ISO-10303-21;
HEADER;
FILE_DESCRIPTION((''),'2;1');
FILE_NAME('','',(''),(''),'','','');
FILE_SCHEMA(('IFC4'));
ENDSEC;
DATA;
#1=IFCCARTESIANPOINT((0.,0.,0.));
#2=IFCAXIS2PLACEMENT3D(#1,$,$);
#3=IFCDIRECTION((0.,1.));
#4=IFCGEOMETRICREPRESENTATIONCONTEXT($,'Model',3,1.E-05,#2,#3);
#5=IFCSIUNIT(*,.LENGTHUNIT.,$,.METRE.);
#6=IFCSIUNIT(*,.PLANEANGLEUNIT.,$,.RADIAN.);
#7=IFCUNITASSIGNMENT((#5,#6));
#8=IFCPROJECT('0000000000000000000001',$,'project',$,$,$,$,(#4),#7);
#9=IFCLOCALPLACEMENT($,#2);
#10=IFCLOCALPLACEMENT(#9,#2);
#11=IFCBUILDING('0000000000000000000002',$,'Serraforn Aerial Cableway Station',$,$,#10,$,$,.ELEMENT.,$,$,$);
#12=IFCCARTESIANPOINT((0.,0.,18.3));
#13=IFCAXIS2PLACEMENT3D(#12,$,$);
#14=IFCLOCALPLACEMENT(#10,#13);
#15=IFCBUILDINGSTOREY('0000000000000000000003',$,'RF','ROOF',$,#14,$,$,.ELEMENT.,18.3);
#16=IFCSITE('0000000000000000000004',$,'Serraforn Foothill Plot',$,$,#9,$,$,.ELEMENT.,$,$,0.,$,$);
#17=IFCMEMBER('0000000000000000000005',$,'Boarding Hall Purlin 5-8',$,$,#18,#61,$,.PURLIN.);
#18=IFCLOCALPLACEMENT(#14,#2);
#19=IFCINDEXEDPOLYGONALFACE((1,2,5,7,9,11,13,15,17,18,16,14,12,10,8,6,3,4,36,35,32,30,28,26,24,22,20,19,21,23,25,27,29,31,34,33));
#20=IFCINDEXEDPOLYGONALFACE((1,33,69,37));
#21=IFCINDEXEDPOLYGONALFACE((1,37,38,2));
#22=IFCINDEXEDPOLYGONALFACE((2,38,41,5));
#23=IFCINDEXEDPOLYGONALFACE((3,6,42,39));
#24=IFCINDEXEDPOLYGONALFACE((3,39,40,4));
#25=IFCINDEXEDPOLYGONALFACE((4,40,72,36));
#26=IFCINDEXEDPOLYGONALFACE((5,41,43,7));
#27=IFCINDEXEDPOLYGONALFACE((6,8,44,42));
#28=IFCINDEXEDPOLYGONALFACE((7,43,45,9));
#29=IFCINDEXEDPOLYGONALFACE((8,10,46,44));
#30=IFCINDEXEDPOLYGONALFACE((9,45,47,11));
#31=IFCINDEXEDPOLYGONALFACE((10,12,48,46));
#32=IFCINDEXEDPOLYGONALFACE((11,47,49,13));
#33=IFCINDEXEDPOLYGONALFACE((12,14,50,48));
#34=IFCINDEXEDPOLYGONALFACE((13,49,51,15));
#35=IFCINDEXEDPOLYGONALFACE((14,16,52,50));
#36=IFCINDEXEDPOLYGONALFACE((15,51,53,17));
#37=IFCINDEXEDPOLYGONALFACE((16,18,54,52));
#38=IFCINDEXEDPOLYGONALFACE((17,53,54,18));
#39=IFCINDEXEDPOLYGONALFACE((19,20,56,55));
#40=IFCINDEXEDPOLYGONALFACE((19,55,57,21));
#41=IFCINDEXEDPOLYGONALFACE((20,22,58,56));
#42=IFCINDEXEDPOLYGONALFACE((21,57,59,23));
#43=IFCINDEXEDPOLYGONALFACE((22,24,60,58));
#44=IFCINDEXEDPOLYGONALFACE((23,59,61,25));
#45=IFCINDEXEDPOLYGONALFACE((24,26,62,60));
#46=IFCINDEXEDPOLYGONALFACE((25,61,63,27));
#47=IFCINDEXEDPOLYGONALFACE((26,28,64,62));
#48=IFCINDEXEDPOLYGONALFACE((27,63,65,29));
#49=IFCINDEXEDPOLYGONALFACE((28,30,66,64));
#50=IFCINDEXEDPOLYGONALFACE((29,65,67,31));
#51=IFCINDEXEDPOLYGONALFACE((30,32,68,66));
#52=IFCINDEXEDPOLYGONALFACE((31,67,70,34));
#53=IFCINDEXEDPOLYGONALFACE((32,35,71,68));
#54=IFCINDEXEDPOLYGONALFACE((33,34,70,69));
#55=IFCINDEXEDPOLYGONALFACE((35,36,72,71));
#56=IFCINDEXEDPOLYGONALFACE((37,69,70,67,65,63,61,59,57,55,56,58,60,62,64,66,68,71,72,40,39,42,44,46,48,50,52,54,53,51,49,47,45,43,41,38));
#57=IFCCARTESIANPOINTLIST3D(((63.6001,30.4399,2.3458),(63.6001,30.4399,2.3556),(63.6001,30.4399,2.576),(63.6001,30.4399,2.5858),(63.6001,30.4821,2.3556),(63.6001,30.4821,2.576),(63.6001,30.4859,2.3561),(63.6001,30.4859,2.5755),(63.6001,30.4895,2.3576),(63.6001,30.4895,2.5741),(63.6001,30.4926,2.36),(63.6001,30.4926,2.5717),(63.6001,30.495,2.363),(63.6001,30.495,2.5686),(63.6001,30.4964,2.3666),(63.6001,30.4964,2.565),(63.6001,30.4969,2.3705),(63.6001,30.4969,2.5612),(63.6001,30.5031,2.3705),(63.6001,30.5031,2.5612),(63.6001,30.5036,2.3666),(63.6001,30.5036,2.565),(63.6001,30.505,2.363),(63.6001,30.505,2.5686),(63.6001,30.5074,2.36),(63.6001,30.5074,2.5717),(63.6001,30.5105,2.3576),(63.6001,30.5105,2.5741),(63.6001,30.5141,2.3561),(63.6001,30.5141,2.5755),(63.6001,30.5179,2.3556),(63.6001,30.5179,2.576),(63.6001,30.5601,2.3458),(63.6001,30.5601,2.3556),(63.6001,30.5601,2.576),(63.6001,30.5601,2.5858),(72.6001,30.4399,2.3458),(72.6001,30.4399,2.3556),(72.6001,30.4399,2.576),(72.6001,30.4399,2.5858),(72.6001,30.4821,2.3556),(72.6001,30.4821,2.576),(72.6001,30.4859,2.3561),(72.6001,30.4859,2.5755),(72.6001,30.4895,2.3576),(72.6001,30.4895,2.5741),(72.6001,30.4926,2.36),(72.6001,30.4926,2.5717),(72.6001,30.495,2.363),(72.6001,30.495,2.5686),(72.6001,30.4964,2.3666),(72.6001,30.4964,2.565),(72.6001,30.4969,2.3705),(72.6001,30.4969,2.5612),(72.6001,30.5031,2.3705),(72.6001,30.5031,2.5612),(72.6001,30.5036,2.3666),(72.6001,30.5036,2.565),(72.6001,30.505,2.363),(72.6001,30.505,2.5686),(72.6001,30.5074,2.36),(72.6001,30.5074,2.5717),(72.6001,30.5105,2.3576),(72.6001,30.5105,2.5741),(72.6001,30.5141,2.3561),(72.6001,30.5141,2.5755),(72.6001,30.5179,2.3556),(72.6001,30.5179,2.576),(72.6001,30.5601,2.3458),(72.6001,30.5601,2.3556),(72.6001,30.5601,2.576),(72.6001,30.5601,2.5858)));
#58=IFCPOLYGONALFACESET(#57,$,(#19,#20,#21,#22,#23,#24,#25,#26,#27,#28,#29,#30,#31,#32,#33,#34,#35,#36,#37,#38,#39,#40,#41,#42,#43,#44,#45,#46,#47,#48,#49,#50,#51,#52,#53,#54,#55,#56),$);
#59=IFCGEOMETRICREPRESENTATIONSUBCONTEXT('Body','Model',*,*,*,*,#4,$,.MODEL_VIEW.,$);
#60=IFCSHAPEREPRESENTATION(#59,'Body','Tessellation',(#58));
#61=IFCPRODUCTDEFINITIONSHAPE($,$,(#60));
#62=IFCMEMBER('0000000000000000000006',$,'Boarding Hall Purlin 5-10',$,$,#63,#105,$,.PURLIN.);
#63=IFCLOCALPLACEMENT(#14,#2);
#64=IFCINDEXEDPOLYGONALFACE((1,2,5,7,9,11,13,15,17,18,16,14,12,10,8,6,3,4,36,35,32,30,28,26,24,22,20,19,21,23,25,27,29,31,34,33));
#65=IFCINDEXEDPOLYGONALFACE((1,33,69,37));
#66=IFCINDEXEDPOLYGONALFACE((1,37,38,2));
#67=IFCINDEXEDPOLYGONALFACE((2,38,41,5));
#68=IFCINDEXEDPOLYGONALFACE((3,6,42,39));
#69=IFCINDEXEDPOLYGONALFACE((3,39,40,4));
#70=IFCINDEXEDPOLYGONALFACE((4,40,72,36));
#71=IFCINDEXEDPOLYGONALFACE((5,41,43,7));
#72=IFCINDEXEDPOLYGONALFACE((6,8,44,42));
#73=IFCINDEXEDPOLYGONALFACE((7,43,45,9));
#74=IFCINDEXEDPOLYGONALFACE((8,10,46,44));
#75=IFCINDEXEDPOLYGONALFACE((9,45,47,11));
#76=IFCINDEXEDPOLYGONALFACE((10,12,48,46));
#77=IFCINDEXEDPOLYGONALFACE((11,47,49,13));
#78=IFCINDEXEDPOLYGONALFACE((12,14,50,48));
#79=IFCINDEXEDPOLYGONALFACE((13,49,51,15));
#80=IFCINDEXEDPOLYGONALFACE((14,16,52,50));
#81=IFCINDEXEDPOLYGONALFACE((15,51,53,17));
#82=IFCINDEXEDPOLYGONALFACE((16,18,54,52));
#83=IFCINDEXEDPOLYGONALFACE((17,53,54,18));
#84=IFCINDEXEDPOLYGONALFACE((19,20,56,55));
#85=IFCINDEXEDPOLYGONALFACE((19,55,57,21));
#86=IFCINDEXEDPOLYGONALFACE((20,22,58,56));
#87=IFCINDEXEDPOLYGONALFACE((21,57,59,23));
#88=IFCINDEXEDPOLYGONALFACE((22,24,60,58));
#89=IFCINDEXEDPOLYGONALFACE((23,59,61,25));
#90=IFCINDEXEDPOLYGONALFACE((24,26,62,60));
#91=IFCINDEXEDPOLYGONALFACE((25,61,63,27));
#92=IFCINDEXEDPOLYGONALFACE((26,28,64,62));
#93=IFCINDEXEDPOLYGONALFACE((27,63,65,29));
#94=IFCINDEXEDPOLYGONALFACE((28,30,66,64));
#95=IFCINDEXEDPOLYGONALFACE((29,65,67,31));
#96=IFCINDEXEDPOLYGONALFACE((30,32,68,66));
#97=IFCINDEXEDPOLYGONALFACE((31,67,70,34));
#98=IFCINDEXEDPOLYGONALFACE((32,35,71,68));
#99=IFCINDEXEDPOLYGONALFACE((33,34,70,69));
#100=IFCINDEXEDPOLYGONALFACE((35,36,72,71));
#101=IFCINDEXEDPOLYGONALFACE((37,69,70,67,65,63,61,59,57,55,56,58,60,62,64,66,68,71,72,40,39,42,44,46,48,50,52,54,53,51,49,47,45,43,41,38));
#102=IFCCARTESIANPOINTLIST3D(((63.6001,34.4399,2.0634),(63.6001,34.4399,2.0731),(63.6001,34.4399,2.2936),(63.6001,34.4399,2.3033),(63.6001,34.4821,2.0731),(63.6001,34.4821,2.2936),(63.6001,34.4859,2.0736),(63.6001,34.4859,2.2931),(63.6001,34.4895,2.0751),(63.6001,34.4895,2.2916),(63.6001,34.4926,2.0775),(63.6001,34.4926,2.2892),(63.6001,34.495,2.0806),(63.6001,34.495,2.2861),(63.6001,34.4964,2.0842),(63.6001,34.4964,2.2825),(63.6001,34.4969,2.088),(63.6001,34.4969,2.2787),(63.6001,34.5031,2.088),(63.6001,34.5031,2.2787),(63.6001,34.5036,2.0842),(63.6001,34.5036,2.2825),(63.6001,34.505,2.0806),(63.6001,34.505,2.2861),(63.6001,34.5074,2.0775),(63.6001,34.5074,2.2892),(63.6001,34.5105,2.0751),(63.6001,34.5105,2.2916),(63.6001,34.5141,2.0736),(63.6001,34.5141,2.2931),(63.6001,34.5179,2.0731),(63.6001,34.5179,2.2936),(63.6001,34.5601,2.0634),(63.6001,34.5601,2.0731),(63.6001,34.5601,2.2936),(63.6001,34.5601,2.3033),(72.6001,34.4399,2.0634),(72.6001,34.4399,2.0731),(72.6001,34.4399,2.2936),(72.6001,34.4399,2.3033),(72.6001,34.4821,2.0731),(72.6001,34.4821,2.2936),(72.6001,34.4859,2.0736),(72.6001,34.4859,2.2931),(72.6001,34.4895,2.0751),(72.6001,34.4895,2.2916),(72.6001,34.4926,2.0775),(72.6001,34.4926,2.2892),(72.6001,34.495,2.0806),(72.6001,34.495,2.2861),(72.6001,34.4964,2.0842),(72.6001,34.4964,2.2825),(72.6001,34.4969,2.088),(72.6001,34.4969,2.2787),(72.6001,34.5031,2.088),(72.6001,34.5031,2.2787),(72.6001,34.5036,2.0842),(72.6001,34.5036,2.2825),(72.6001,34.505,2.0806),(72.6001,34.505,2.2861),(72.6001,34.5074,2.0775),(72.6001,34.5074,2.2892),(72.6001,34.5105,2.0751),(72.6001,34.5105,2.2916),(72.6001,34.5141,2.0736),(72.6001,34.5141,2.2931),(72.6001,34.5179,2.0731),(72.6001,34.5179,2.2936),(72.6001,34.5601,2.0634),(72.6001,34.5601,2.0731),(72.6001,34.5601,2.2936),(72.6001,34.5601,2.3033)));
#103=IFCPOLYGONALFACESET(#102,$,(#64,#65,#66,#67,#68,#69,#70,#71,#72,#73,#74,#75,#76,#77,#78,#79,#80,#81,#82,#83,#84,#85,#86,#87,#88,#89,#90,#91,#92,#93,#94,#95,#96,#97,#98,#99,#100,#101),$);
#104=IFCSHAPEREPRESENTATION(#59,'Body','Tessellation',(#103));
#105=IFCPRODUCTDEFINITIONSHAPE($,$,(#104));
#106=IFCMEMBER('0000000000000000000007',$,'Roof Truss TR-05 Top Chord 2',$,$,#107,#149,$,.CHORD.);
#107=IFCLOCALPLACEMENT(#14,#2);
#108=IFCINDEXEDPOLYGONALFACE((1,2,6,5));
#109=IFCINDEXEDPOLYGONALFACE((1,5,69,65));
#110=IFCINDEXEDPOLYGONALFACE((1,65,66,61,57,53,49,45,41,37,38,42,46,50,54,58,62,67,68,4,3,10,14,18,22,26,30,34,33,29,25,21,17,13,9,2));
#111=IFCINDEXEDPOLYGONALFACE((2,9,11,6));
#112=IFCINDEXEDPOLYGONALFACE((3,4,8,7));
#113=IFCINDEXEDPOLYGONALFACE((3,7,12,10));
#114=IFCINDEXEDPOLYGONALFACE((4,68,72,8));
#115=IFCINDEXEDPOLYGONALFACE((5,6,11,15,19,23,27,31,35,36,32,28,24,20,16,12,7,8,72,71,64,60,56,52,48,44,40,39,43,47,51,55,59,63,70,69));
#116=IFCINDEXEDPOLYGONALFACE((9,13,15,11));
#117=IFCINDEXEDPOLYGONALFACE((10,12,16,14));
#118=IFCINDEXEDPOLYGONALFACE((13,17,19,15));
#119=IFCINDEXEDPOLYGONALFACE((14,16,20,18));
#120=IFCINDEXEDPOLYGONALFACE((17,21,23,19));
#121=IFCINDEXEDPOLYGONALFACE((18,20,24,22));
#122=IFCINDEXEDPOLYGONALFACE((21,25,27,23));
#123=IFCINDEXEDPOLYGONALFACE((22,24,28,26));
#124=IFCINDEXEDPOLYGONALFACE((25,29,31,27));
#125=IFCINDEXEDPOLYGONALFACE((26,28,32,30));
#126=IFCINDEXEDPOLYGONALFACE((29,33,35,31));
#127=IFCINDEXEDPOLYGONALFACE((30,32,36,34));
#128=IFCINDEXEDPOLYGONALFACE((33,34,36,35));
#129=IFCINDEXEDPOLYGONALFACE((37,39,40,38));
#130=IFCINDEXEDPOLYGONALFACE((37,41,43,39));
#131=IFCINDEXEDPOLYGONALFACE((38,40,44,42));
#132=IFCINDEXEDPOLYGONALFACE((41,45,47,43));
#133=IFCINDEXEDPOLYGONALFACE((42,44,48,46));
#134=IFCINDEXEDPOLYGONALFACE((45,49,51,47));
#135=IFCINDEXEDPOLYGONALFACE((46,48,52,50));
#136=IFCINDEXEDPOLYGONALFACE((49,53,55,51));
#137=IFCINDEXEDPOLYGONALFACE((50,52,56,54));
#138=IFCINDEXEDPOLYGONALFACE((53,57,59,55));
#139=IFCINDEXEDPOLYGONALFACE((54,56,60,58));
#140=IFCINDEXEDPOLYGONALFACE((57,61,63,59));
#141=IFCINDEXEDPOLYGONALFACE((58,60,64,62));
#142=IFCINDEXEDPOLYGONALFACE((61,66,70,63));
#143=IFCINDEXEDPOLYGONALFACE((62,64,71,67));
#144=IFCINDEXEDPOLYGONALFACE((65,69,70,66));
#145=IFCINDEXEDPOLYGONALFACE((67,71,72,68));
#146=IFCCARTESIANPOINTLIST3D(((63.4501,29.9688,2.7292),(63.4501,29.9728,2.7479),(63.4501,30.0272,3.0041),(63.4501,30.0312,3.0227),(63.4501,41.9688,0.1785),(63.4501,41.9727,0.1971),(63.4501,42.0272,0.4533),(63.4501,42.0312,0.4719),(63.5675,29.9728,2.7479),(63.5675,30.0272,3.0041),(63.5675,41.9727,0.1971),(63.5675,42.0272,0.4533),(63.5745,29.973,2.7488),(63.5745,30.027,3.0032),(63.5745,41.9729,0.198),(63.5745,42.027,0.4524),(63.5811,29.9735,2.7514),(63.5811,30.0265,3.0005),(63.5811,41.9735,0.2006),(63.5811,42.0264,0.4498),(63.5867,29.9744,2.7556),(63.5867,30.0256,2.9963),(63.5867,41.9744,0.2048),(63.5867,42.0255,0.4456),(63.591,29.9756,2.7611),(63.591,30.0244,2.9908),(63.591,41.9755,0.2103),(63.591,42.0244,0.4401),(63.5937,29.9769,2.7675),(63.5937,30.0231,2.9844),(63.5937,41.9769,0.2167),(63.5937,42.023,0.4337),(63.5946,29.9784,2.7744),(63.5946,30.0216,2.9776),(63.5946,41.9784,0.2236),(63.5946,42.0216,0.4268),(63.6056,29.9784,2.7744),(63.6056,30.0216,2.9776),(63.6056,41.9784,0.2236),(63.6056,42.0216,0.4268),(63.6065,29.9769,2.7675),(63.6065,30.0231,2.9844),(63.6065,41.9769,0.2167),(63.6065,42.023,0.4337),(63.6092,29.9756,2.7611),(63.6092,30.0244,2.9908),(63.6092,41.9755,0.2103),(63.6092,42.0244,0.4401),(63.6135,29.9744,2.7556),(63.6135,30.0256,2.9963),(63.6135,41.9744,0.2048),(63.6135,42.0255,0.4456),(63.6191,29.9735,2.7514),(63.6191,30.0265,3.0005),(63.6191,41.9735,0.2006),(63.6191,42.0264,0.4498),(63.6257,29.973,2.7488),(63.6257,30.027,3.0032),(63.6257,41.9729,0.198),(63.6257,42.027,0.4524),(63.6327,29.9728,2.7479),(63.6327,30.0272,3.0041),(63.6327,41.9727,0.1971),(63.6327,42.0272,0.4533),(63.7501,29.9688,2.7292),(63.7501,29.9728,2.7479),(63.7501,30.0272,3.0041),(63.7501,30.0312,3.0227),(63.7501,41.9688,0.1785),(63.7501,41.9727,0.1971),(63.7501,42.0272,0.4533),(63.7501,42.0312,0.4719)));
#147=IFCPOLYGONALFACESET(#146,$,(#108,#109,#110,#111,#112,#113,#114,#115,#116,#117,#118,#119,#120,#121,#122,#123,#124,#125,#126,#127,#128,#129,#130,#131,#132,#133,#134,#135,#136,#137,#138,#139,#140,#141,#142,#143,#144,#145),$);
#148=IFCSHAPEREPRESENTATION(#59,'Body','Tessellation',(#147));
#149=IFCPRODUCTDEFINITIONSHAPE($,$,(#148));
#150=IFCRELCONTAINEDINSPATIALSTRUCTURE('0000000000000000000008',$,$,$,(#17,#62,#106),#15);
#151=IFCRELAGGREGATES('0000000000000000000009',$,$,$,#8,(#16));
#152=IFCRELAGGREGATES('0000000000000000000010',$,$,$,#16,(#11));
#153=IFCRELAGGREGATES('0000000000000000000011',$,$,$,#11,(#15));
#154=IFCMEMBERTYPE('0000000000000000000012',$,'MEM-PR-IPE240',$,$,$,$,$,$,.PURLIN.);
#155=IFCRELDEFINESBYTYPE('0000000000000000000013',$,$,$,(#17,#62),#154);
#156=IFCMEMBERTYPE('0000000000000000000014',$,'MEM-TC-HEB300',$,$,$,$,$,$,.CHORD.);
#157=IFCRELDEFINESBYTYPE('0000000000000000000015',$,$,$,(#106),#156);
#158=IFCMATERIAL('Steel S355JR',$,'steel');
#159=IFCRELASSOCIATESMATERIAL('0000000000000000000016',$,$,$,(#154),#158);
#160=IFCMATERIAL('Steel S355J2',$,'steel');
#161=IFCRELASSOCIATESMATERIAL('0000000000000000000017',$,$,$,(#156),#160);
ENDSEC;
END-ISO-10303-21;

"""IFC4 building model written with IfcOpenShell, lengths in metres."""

from ifc_helpers import new_model, si_unit, direction, frame, origin, origin_2d, place, context, subcontext, project, spatial, i_section, extrude, material, material_profile, profile_set, type_object, element, save


model = new_model("IFC4")

# Units and contexts
model_context = context("Model", 3, precision=1e-05, world=origin(), true_north=direction((0.0, 1.0)))
body_context = subcontext(model_context, "Body", "Model", "MODEL_VIEW")
ifc_project = project(units=[si_unit("LENGTHUNIT", "METRE"), si_unit("PLANEANGLEUNIT", "RADIAN")], contexts=[model_context])

# Site, building, storey
site_placement = place(None, origin())
site = spatial("IfcSite", under=ifc_project, at=site_placement, Name="Serraforn Foothill Plot", CompositionType="ELEMENT", RefElevation=0.0)
building_placement = place(site_placement, origin())
building = spatial("IfcBuilding", under=site, at=building_placement, Name="Serraforn Aerial Cableway Station", CompositionType="ELEMENT")
storey_placement = place(building_placement, frame((0.0, 0.0, 18.3)))
storey = spatial("IfcBuildingStorey", under=building, at=storey_placement, Name="RF", Description="ROOF", CompositionType="ELEMENT", Elevation=18.3)

# Members
ifc_material_1 = material(Name="Steel S355J2", Category="steel")
ifc_material_2 = material(Name="Steel S355JR", Category="steel")
ifc_material_profile_1 = material_profile(ifc_material_2, i_section(OverallWidth=0.1201, OverallDepth=0.24, WebThickness=0.0061, FlangeThickness=0.0098, FilletRadius=0.0149, at=origin_2d()), Name="IPE 240")
ifc_profile_set_1 = profile_set([ifc_material_profile_1], Name="Steel S355JR")
member_type_1 = type_object("IfcMemberType", Name="MEM-PR-IPE240", PredefinedType="PURLIN", material=ifc_profile_set_1)
for number, where, z_axis, x_axis, name in (
    (1, (63.6001, 30.5, 2.4658), (1.0, 0.0, 0.0), (0.0, 1.0, 0.0), "Boarding Hall Purlin 5-8"),
    (2, (63.6001, 34.5, 2.1833), (1.0, 0.0, 0.0), (0.0, 1.0, 0.0), "Boarding Hall Purlin 5-10"),
):
    element("IfcMember", number, at=place(storey_placement, frame(where, z_axis=z_axis, x_axis=x_axis)), inside=storey, type_object=member_type_1, Name=name, PredefinedType="PURLIN", context=body_context, shape_type="SweptSolid", body=[
        extrude(i_section(OverallWidth=0.1201, OverallDepth=0.24, WebThickness=0.0061, FlangeThickness=0.0098, FilletRadius=0.0149, at=origin_2d()), origin(), (0.0, 0.0, 1.0), 9.0),
    ])
ifc_material_profile_2 = material_profile(ifc_material_1, i_section(OverallWidth=0.3, OverallDepth=0.3, WebThickness=0.011, FlangeThickness=0.019, FilletRadius=0.0271, at=origin_2d()), Name="HEB 300")
ifc_profile_set_2 = profile_set([ifc_material_profile_2], Name="Steel S355J2")
member_type_2 = type_object("IfcMemberType", Name="MEM-TC-HEB300", PredefinedType="CHORD", material=ifc_profile_set_2)
member_1_placement = place(storey_placement, frame((63.6001, 30.0, 2.876), z_axis=(0.0, 0.978146, -0.20792), x_axis=(-1.0, 0.0, 0.0)))
element("IfcMember", 3, at=member_1_placement, inside=storey, type_object=member_type_2, Name="Roof Truss TR-05 Top Chord 2", PredefinedType="CHORD", context=body_context, shape_type="SweptSolid", body=[
    extrude(i_section(OverallWidth=0.3, OverallDepth=0.3, WebThickness=0.011, FlangeThickness=0.019, FilletRadius=0.0271, at=origin_2d()), origin(), (0.0, 0.0, 1.0), 12.2681),
])

save(model, "model.ifc")
